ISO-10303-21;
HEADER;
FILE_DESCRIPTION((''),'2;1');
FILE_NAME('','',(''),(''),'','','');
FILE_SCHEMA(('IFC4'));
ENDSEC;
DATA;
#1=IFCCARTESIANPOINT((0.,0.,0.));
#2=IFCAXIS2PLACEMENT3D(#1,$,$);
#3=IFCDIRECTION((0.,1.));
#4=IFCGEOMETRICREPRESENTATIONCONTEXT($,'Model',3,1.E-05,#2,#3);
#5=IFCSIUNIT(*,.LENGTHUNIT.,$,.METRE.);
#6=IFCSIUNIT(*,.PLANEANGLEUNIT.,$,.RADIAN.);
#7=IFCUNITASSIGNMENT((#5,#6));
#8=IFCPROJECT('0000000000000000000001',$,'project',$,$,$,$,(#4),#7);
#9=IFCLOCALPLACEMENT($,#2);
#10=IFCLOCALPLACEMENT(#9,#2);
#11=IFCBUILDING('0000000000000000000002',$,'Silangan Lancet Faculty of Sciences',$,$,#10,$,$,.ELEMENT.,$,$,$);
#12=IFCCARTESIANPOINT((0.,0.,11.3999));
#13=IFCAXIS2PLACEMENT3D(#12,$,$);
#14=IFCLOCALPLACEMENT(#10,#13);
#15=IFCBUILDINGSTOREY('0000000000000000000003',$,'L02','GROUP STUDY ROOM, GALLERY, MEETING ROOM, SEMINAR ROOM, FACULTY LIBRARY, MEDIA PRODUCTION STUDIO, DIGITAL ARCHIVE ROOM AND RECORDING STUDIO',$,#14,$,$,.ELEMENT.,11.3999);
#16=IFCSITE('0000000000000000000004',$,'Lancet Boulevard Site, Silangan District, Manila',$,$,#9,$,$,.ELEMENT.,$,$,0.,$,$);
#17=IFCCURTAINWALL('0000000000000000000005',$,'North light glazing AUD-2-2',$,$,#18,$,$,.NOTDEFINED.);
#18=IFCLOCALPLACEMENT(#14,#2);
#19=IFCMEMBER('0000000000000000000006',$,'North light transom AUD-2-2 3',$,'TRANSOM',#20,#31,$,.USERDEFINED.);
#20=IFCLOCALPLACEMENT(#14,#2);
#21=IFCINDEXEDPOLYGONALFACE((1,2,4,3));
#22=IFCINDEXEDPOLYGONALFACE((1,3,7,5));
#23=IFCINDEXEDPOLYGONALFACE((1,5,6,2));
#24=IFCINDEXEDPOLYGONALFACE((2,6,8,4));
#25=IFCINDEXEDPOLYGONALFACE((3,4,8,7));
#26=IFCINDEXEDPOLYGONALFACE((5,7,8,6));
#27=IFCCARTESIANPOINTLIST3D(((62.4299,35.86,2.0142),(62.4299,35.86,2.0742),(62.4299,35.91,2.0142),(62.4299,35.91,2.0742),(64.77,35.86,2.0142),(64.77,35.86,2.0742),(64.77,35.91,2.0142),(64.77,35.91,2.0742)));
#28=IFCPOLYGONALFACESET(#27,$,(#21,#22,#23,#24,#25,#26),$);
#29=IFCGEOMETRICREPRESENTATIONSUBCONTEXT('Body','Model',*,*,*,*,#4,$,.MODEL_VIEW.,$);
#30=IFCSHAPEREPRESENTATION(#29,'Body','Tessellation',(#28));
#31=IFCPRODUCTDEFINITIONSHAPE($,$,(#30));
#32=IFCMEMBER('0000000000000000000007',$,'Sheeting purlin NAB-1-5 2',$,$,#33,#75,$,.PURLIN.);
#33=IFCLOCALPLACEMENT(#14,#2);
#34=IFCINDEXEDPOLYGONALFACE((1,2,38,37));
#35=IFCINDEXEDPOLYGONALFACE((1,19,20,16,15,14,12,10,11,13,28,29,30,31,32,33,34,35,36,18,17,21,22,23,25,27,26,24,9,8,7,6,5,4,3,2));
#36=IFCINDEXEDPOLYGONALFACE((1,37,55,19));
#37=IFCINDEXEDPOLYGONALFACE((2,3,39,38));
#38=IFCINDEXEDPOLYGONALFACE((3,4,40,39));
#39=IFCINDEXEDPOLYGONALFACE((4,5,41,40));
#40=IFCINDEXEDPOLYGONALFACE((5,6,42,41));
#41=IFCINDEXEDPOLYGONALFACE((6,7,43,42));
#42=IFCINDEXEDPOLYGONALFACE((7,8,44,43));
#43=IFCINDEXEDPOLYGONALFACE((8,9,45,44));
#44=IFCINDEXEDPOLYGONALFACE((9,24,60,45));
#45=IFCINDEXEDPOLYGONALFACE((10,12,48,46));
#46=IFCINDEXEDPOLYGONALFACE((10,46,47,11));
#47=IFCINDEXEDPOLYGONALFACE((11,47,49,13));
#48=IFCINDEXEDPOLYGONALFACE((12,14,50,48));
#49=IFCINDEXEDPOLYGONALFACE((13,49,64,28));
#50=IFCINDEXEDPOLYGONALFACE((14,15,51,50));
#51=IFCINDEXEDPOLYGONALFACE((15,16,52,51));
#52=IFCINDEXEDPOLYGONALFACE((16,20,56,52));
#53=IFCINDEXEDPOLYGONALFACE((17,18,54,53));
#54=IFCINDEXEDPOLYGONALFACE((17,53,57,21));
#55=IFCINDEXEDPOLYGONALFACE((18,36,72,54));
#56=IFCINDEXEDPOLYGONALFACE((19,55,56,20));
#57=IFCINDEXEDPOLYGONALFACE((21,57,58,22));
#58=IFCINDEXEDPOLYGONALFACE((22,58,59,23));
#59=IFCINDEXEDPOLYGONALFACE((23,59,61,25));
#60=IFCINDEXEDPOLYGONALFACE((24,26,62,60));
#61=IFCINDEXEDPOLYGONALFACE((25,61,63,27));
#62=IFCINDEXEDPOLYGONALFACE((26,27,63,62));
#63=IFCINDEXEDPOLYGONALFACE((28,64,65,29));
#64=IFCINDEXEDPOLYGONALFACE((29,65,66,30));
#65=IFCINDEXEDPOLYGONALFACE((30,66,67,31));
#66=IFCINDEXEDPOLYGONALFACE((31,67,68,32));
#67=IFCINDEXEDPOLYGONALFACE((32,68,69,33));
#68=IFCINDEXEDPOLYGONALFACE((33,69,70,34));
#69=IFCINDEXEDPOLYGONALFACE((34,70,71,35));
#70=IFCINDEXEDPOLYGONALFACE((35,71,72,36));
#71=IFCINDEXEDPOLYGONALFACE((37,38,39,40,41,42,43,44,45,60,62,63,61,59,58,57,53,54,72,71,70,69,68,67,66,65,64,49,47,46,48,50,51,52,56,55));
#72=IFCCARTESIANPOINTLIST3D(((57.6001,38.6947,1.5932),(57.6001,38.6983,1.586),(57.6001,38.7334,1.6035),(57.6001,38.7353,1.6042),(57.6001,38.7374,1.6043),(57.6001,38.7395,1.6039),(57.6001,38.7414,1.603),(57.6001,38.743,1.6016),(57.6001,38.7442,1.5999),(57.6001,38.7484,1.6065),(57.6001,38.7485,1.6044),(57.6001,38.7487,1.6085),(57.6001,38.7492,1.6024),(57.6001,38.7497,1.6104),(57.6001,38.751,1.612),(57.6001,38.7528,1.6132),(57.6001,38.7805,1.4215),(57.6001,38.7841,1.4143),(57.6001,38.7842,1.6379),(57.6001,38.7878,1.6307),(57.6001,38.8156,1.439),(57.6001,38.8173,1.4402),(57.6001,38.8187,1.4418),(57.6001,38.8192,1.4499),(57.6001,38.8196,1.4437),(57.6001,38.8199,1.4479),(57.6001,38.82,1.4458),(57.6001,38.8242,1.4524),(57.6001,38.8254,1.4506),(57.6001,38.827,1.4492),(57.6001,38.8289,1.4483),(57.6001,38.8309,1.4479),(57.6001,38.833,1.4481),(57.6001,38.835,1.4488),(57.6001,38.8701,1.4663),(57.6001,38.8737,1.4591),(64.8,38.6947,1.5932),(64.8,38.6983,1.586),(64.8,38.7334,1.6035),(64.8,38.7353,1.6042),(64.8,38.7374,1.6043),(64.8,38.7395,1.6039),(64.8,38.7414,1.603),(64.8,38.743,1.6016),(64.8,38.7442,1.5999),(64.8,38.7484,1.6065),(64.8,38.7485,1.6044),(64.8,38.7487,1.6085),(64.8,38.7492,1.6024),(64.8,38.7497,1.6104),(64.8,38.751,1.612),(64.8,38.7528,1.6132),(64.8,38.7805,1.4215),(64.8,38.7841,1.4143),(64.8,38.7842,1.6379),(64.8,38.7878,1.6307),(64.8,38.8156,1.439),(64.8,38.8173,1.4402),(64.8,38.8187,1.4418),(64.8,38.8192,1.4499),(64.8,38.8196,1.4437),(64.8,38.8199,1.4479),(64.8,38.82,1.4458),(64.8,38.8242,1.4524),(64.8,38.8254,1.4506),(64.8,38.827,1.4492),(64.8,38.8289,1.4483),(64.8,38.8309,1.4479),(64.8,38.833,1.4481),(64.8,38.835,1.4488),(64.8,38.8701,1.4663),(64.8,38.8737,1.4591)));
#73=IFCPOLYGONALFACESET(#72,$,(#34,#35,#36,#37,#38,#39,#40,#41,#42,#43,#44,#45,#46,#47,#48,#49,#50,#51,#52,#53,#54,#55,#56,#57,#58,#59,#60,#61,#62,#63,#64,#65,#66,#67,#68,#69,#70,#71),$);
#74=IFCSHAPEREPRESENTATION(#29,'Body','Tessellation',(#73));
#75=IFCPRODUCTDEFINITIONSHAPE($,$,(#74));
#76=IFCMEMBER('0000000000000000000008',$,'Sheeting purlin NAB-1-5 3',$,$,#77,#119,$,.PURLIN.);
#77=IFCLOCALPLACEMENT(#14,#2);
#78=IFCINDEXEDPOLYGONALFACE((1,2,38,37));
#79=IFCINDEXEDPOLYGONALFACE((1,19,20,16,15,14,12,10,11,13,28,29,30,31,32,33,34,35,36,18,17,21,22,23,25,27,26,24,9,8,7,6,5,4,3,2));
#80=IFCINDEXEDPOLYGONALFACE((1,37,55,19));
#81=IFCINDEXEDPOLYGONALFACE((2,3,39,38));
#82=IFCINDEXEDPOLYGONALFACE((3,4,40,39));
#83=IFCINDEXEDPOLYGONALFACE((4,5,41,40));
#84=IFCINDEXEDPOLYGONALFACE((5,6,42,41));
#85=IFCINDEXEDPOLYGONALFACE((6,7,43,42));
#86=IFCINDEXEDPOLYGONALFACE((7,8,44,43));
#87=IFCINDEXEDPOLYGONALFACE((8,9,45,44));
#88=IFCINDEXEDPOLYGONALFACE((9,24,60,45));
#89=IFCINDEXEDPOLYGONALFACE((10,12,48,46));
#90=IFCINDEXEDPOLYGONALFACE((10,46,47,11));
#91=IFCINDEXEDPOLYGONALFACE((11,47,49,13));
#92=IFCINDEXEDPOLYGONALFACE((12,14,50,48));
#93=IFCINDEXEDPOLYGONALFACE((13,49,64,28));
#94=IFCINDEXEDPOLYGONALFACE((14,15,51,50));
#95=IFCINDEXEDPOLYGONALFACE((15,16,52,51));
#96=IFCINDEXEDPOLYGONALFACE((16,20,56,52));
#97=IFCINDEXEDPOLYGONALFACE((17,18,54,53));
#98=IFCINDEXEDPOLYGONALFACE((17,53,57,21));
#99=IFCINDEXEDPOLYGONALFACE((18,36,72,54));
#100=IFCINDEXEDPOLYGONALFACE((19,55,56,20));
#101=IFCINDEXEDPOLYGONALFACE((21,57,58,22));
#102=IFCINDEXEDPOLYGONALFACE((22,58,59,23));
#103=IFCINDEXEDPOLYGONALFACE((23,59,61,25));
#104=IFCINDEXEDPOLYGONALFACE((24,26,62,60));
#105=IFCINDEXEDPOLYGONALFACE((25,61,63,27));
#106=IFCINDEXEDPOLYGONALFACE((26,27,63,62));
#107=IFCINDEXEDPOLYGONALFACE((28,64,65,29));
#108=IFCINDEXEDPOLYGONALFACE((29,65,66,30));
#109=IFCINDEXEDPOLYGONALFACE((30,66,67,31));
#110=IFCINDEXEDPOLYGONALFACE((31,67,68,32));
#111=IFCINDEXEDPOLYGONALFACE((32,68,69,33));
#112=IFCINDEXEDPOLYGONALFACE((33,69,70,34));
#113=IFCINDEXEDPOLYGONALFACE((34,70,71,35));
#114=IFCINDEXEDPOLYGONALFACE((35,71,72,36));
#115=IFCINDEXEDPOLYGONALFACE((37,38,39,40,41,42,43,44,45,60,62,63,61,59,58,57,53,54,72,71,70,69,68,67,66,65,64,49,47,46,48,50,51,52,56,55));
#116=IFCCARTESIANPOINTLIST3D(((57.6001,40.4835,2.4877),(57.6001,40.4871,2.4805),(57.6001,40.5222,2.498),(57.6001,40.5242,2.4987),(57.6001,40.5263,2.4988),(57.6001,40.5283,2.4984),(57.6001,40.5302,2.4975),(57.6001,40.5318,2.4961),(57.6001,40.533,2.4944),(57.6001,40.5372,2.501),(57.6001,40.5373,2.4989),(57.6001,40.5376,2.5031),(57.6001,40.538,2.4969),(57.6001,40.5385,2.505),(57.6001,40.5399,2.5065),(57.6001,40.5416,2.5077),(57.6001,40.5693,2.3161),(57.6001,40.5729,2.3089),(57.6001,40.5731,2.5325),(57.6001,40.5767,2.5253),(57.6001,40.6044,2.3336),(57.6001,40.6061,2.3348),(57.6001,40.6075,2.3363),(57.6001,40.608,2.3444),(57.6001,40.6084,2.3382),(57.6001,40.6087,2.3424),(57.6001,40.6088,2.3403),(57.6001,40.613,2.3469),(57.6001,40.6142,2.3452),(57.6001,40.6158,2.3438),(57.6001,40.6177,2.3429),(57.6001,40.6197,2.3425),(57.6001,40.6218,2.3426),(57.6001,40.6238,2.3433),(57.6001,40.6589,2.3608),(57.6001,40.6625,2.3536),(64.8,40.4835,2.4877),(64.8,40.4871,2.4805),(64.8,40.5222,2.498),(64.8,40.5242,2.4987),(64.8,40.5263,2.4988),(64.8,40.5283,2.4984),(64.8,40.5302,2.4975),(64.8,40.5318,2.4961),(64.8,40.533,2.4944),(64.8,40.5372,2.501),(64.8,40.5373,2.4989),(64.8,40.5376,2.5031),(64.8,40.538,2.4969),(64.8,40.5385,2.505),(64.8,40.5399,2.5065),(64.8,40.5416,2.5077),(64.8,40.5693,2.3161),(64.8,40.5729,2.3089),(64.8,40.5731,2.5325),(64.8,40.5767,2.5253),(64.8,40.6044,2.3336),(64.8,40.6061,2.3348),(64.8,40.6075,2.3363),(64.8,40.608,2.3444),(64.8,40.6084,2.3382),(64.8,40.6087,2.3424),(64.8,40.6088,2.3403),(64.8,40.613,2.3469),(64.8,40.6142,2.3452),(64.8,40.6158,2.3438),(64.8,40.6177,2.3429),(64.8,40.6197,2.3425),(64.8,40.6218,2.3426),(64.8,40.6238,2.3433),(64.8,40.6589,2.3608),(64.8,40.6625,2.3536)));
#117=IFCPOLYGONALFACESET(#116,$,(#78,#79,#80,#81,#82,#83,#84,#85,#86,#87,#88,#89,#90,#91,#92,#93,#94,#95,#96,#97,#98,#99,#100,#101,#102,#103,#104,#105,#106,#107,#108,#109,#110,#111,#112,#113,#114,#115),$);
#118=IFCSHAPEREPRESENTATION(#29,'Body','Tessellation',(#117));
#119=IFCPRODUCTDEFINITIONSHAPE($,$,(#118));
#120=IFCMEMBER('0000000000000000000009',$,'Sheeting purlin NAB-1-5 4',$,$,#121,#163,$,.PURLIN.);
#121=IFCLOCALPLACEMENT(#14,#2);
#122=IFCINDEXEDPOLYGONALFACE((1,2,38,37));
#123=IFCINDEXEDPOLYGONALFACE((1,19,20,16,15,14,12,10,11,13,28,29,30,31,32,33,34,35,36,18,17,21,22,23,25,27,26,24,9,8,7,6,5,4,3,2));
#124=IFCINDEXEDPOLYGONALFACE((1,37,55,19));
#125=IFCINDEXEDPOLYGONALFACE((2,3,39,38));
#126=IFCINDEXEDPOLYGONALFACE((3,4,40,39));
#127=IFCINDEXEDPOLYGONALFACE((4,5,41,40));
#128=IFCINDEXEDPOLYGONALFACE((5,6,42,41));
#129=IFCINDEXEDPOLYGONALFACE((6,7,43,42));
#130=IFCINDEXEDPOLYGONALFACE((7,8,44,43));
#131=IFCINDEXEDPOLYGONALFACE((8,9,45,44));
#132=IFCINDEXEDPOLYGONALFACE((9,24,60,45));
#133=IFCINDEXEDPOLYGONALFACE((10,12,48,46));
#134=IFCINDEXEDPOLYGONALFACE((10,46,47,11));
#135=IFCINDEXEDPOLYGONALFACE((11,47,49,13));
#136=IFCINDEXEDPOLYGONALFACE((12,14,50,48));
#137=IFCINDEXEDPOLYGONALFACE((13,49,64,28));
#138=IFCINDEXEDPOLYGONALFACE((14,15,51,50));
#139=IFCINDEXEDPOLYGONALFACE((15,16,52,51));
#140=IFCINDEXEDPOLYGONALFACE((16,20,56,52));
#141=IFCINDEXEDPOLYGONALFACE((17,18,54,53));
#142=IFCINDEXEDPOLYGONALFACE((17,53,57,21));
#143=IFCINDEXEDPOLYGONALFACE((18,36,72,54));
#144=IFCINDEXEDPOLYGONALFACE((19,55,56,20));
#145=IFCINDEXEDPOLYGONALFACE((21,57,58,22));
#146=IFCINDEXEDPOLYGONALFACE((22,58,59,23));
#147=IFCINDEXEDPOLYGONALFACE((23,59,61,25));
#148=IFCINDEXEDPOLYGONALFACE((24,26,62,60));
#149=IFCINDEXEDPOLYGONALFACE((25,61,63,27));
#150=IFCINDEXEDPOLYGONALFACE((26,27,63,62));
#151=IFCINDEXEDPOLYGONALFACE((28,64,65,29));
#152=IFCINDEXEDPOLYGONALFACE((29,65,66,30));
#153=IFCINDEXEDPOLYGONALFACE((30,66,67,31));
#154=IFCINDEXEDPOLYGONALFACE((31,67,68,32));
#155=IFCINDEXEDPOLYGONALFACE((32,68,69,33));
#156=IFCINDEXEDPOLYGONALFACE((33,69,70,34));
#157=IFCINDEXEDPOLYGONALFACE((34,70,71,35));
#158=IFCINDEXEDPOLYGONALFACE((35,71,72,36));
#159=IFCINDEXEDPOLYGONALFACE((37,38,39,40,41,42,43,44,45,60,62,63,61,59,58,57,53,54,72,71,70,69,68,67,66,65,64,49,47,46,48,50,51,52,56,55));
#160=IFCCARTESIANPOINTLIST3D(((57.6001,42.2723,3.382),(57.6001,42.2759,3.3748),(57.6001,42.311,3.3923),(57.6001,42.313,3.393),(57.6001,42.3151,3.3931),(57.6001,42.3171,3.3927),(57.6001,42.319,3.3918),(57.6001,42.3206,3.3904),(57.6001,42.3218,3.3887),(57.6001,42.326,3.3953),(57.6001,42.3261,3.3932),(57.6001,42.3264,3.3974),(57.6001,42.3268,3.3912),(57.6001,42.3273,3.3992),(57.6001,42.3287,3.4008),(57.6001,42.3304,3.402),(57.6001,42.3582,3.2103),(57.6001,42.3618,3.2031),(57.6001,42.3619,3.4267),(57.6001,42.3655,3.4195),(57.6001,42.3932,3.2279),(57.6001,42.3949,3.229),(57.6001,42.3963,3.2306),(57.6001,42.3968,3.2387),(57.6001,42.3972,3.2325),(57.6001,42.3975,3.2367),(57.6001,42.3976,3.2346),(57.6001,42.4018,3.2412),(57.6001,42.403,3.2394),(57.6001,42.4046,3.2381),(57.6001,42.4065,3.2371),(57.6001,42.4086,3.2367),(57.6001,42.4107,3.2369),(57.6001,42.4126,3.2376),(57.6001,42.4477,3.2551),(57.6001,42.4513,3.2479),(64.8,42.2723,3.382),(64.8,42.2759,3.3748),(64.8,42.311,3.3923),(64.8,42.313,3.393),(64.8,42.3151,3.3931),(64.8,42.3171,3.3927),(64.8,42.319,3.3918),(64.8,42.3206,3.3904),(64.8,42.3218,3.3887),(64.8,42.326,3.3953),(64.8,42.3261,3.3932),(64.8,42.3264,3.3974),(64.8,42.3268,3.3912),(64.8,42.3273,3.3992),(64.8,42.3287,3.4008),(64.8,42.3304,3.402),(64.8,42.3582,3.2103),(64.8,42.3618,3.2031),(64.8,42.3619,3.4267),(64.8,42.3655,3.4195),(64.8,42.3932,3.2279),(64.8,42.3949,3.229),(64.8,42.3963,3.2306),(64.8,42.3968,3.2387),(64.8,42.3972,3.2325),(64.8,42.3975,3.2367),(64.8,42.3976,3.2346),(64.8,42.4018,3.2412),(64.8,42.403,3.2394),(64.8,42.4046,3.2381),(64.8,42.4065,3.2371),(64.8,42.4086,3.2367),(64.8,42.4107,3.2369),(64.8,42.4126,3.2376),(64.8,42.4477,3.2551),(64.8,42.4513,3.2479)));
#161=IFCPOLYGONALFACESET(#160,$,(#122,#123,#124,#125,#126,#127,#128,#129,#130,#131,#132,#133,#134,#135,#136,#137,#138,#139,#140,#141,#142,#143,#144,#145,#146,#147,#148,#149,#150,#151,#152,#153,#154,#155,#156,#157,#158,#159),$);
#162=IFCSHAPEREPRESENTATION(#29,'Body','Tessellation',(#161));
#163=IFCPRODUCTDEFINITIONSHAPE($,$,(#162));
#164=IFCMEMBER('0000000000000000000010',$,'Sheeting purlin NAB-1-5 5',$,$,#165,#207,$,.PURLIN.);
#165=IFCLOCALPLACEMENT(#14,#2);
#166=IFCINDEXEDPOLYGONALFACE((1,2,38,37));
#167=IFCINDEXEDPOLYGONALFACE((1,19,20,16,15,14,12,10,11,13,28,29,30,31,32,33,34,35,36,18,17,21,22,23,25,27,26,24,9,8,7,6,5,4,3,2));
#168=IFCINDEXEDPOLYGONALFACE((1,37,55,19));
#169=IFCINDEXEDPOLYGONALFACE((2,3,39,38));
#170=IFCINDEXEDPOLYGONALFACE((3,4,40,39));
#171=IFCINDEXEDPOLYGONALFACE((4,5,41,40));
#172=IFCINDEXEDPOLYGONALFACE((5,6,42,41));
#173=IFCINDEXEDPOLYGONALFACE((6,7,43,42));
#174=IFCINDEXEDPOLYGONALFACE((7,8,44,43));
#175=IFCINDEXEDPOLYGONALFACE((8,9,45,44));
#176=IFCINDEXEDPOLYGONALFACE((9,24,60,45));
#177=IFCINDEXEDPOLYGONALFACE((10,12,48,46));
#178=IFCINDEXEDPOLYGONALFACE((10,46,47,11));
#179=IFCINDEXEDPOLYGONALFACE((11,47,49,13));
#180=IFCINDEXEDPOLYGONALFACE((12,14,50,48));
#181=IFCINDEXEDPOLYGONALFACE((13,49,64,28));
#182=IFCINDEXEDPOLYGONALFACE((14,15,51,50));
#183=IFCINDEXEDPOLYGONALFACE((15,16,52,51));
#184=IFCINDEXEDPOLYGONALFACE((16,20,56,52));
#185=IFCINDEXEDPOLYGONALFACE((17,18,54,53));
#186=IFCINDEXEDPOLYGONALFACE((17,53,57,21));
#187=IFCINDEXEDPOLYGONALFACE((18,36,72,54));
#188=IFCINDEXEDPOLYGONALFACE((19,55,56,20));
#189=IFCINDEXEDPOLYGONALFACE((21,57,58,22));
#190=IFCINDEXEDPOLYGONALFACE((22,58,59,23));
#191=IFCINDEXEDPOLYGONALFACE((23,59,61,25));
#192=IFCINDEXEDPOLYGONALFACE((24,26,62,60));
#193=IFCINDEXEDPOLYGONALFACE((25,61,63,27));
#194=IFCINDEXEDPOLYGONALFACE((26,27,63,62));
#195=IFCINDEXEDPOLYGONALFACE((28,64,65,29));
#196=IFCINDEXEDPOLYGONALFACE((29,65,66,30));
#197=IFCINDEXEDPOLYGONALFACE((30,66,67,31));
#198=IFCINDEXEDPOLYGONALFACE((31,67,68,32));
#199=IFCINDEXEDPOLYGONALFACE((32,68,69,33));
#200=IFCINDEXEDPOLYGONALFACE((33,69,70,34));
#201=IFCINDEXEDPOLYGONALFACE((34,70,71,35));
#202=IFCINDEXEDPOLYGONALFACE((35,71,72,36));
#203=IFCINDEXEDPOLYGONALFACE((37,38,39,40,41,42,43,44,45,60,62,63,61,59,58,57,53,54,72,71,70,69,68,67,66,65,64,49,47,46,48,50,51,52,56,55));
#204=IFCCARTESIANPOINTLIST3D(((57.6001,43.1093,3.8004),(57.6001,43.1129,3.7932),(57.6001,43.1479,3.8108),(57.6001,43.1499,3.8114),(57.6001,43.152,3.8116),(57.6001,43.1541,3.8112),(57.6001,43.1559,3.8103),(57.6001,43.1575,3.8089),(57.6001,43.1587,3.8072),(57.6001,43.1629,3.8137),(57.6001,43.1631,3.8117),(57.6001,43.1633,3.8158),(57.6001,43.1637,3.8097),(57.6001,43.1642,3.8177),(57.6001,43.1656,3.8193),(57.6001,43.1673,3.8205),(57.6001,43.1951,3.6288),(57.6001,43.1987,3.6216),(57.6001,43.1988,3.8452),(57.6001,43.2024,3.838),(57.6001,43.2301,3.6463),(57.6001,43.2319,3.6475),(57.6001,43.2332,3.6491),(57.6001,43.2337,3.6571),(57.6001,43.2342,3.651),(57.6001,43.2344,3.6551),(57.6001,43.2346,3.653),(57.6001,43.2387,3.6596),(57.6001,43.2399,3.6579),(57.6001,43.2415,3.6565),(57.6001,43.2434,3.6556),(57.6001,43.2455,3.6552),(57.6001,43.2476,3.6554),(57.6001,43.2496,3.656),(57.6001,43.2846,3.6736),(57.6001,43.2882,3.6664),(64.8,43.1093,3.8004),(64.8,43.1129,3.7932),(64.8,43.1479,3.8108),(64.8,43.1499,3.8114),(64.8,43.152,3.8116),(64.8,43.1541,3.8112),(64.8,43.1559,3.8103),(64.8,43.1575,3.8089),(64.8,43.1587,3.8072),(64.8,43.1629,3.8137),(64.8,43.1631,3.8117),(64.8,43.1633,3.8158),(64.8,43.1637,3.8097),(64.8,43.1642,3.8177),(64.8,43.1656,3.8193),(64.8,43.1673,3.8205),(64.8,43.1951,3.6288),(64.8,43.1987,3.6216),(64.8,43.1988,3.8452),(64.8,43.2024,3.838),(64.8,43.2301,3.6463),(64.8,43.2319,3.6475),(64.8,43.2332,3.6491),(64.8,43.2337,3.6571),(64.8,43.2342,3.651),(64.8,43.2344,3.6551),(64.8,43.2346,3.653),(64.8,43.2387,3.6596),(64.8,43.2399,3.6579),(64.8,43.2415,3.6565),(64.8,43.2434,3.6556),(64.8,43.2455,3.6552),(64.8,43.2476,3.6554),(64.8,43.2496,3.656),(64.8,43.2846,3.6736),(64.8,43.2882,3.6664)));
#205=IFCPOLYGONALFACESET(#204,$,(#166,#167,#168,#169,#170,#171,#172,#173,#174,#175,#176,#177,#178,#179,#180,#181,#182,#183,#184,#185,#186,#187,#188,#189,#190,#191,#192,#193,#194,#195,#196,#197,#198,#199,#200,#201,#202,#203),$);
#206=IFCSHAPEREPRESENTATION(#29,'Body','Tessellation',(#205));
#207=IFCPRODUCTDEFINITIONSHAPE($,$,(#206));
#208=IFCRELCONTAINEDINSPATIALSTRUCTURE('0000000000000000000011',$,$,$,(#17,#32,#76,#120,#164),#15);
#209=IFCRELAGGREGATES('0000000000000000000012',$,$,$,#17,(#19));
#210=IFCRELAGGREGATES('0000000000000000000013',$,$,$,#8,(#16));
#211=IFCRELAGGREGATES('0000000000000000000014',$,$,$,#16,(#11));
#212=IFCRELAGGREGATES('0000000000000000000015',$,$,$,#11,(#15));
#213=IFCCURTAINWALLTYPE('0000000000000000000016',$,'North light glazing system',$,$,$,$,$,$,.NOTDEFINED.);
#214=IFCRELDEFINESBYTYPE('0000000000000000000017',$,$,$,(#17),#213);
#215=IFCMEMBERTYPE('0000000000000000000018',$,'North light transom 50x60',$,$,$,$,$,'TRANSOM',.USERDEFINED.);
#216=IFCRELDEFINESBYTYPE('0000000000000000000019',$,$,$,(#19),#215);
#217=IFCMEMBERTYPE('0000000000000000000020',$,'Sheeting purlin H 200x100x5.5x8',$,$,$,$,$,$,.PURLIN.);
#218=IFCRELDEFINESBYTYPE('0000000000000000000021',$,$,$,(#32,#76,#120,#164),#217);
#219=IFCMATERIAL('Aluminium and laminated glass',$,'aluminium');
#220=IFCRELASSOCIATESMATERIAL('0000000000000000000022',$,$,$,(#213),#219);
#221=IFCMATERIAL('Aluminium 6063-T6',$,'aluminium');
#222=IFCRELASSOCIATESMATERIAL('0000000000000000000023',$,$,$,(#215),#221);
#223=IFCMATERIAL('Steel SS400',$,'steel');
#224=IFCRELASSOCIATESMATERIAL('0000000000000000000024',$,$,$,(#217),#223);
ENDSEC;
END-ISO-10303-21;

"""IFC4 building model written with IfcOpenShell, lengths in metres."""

from ifc_helpers import new_model, si_unit, direction, frame, origin, origin_2d, place, context, subcontext, project, spatial, rectangle, i_section, extrude, material, material_profile, profile_set, type_object, element, aggregate, save


model = new_model("IFC4")

# Units and contexts
model_context = context("Model", 3, precision=1e-05, world=origin(), true_north=direction((0.0, 1.0)))
body_context = subcontext(model_context, "Body", "Model", "MODEL_VIEW")
ifc_project = project(units=[si_unit("LENGTHUNIT", "METRE"), si_unit("PLANEANGLEUNIT", "RADIAN")], contexts=[model_context])

# Site, building, storey
site_placement = place(None, origin())
site = spatial("IfcSite", under=ifc_project, at=site_placement, Name="Lancet Boulevard Site, Silangan District, Manila", CompositionType="ELEMENT", RefElevation=0.0)
building_placement = place(site_placement, origin())
building = spatial("IfcBuilding", under=site, at=building_placement, Name="Silangan Lancet Faculty of Sciences", CompositionType="ELEMENT")
storey_placement = place(building_placement, frame((0.0, 0.0, 11.3999)))
storey = spatial("IfcBuildingStorey", under=building, at=storey_placement, Name="L02", Description="GROUP STUDY ROOM, GALLERY, MEETING ROOM, SEMINAR ROOM, FACULTY LIBRARY, MEDIA PRODUCTION STUDIO, DIGITAL ARCHIVE ROOM AND RECORDING STUDIO", CompositionType="ELEMENT", Elevation=11.3999)

# Curtain wall
ifc_material_1 = material(Name="Aluminium and laminated glass", Category="aluminium")
curtain_wall_type = type_object("IfcCurtainWallType", Name="North light glazing system", PredefinedType="NOTDEFINED", material=ifc_material_1)
curtain_wall_1_placement = place(storey_placement, origin())
curtain_wall_1 = element("IfcCurtainWall", 1, at=curtain_wall_1_placement, inside=storey, type_object=curtain_wall_type, Name="North light glazing AUD-2-2", PredefinedType="NOTDEFINED")

# Member
ifc_material_2 = material(Name="Aluminium 6063-T6", Category="aluminium")
ifc_material_profile_1 = material_profile(ifc_material_2, rectangle(XDim=0.05, YDim=0.0601, at=origin_2d()), Name="AL 50x60")
ifc_profile_set_1 = profile_set([ifc_material_profile_1], Name="Aluminium 6063-T6")
member_type_1 = type_object("IfcMemberType", Name="North light transom 50x60", ElementType="TRANSOM", PredefinedType="USERDEFINED", material=ifc_profile_set_1)
member_1_placement = place(storey_placement, frame((62.4299, 35.885, 2.0442), z_axis=(1.0, 0.0, 0.0), x_axis=(0.0, 1.0, 0.0)))
member_1 = element("IfcMember", 2, at=member_1_placement, type_object=member_type_1, Name="North light transom AUD-2-2 3", ObjectType="TRANSOM", PredefinedType="USERDEFINED", context=body_context, shape_type="SweptSolid", body=[
    extrude(rectangle(XDim=0.05, YDim=0.0601, at=origin_2d()), origin(), (0.0, 0.0, 1.0), 2.3401),
])
aggregate(curtain_wall_1, [member_1])

# Members
ifc_material_3 = material(Name="Steel SS400", Category="steel")
ifc_material_profile_2 = material_profile(ifc_material_3, i_section(OverallWidth=0.1001, OverallDepth=0.2, WebThickness=0.0056, FlangeThickness=0.0081, FilletRadius=0.0081, at=origin_2d()), Name="H 200x100x5.5x8")
ifc_profile_set_2 = profile_set([ifc_material_profile_2], Name="Steel SS400")
member_type_2 = type_object("IfcMemberType", Name="Sheeting purlin H 200x100x5.5x8", PredefinedType="PURLIN", material=ifc_profile_set_2)
for number, where, z_axis, x_axis, name in (
    (3, (57.6001, 38.7842, 1.5261), (1.0, 0.0, 0.0), (0.0, 0.894427, 0.447214), "Sheeting purlin NAB-1-5 2"),
    (4, (57.6001, 40.573, 2.4207), (1.0, 0.0, 0.0), (0.0, 0.894427, 0.447214), "Sheeting purlin NAB-1-5 3"),
    (5, (57.6001, 42.3618, 3.3149), (1.0, 0.0, 0.0), (0.0, 0.894427, 0.447214), "Sheeting purlin NAB-1-5 4"),
    (6, (57.6001, 43.1987, 3.7334), (1.0, 0.0, 0.0), (0.0, 0.894427, 0.447214), "Sheeting purlin NAB-1-5 5"),
):
    element("IfcMember", number, at=place(storey_placement, frame(where, z_axis=z_axis, x_axis=x_axis)), inside=storey, type_object=member_type_2, Name=name, PredefinedType="PURLIN", context=body_context, shape_type="SweptSolid", body=[
        extrude(i_section(OverallWidth=0.1001, OverallDepth=0.2, WebThickness=0.0056, FlangeThickness=0.0081, FilletRadius=0.0081, at=origin_2d()), origin(), (0.0, 0.0, 1.0), 7.2),
    ])

save(model, "model.ifc")
